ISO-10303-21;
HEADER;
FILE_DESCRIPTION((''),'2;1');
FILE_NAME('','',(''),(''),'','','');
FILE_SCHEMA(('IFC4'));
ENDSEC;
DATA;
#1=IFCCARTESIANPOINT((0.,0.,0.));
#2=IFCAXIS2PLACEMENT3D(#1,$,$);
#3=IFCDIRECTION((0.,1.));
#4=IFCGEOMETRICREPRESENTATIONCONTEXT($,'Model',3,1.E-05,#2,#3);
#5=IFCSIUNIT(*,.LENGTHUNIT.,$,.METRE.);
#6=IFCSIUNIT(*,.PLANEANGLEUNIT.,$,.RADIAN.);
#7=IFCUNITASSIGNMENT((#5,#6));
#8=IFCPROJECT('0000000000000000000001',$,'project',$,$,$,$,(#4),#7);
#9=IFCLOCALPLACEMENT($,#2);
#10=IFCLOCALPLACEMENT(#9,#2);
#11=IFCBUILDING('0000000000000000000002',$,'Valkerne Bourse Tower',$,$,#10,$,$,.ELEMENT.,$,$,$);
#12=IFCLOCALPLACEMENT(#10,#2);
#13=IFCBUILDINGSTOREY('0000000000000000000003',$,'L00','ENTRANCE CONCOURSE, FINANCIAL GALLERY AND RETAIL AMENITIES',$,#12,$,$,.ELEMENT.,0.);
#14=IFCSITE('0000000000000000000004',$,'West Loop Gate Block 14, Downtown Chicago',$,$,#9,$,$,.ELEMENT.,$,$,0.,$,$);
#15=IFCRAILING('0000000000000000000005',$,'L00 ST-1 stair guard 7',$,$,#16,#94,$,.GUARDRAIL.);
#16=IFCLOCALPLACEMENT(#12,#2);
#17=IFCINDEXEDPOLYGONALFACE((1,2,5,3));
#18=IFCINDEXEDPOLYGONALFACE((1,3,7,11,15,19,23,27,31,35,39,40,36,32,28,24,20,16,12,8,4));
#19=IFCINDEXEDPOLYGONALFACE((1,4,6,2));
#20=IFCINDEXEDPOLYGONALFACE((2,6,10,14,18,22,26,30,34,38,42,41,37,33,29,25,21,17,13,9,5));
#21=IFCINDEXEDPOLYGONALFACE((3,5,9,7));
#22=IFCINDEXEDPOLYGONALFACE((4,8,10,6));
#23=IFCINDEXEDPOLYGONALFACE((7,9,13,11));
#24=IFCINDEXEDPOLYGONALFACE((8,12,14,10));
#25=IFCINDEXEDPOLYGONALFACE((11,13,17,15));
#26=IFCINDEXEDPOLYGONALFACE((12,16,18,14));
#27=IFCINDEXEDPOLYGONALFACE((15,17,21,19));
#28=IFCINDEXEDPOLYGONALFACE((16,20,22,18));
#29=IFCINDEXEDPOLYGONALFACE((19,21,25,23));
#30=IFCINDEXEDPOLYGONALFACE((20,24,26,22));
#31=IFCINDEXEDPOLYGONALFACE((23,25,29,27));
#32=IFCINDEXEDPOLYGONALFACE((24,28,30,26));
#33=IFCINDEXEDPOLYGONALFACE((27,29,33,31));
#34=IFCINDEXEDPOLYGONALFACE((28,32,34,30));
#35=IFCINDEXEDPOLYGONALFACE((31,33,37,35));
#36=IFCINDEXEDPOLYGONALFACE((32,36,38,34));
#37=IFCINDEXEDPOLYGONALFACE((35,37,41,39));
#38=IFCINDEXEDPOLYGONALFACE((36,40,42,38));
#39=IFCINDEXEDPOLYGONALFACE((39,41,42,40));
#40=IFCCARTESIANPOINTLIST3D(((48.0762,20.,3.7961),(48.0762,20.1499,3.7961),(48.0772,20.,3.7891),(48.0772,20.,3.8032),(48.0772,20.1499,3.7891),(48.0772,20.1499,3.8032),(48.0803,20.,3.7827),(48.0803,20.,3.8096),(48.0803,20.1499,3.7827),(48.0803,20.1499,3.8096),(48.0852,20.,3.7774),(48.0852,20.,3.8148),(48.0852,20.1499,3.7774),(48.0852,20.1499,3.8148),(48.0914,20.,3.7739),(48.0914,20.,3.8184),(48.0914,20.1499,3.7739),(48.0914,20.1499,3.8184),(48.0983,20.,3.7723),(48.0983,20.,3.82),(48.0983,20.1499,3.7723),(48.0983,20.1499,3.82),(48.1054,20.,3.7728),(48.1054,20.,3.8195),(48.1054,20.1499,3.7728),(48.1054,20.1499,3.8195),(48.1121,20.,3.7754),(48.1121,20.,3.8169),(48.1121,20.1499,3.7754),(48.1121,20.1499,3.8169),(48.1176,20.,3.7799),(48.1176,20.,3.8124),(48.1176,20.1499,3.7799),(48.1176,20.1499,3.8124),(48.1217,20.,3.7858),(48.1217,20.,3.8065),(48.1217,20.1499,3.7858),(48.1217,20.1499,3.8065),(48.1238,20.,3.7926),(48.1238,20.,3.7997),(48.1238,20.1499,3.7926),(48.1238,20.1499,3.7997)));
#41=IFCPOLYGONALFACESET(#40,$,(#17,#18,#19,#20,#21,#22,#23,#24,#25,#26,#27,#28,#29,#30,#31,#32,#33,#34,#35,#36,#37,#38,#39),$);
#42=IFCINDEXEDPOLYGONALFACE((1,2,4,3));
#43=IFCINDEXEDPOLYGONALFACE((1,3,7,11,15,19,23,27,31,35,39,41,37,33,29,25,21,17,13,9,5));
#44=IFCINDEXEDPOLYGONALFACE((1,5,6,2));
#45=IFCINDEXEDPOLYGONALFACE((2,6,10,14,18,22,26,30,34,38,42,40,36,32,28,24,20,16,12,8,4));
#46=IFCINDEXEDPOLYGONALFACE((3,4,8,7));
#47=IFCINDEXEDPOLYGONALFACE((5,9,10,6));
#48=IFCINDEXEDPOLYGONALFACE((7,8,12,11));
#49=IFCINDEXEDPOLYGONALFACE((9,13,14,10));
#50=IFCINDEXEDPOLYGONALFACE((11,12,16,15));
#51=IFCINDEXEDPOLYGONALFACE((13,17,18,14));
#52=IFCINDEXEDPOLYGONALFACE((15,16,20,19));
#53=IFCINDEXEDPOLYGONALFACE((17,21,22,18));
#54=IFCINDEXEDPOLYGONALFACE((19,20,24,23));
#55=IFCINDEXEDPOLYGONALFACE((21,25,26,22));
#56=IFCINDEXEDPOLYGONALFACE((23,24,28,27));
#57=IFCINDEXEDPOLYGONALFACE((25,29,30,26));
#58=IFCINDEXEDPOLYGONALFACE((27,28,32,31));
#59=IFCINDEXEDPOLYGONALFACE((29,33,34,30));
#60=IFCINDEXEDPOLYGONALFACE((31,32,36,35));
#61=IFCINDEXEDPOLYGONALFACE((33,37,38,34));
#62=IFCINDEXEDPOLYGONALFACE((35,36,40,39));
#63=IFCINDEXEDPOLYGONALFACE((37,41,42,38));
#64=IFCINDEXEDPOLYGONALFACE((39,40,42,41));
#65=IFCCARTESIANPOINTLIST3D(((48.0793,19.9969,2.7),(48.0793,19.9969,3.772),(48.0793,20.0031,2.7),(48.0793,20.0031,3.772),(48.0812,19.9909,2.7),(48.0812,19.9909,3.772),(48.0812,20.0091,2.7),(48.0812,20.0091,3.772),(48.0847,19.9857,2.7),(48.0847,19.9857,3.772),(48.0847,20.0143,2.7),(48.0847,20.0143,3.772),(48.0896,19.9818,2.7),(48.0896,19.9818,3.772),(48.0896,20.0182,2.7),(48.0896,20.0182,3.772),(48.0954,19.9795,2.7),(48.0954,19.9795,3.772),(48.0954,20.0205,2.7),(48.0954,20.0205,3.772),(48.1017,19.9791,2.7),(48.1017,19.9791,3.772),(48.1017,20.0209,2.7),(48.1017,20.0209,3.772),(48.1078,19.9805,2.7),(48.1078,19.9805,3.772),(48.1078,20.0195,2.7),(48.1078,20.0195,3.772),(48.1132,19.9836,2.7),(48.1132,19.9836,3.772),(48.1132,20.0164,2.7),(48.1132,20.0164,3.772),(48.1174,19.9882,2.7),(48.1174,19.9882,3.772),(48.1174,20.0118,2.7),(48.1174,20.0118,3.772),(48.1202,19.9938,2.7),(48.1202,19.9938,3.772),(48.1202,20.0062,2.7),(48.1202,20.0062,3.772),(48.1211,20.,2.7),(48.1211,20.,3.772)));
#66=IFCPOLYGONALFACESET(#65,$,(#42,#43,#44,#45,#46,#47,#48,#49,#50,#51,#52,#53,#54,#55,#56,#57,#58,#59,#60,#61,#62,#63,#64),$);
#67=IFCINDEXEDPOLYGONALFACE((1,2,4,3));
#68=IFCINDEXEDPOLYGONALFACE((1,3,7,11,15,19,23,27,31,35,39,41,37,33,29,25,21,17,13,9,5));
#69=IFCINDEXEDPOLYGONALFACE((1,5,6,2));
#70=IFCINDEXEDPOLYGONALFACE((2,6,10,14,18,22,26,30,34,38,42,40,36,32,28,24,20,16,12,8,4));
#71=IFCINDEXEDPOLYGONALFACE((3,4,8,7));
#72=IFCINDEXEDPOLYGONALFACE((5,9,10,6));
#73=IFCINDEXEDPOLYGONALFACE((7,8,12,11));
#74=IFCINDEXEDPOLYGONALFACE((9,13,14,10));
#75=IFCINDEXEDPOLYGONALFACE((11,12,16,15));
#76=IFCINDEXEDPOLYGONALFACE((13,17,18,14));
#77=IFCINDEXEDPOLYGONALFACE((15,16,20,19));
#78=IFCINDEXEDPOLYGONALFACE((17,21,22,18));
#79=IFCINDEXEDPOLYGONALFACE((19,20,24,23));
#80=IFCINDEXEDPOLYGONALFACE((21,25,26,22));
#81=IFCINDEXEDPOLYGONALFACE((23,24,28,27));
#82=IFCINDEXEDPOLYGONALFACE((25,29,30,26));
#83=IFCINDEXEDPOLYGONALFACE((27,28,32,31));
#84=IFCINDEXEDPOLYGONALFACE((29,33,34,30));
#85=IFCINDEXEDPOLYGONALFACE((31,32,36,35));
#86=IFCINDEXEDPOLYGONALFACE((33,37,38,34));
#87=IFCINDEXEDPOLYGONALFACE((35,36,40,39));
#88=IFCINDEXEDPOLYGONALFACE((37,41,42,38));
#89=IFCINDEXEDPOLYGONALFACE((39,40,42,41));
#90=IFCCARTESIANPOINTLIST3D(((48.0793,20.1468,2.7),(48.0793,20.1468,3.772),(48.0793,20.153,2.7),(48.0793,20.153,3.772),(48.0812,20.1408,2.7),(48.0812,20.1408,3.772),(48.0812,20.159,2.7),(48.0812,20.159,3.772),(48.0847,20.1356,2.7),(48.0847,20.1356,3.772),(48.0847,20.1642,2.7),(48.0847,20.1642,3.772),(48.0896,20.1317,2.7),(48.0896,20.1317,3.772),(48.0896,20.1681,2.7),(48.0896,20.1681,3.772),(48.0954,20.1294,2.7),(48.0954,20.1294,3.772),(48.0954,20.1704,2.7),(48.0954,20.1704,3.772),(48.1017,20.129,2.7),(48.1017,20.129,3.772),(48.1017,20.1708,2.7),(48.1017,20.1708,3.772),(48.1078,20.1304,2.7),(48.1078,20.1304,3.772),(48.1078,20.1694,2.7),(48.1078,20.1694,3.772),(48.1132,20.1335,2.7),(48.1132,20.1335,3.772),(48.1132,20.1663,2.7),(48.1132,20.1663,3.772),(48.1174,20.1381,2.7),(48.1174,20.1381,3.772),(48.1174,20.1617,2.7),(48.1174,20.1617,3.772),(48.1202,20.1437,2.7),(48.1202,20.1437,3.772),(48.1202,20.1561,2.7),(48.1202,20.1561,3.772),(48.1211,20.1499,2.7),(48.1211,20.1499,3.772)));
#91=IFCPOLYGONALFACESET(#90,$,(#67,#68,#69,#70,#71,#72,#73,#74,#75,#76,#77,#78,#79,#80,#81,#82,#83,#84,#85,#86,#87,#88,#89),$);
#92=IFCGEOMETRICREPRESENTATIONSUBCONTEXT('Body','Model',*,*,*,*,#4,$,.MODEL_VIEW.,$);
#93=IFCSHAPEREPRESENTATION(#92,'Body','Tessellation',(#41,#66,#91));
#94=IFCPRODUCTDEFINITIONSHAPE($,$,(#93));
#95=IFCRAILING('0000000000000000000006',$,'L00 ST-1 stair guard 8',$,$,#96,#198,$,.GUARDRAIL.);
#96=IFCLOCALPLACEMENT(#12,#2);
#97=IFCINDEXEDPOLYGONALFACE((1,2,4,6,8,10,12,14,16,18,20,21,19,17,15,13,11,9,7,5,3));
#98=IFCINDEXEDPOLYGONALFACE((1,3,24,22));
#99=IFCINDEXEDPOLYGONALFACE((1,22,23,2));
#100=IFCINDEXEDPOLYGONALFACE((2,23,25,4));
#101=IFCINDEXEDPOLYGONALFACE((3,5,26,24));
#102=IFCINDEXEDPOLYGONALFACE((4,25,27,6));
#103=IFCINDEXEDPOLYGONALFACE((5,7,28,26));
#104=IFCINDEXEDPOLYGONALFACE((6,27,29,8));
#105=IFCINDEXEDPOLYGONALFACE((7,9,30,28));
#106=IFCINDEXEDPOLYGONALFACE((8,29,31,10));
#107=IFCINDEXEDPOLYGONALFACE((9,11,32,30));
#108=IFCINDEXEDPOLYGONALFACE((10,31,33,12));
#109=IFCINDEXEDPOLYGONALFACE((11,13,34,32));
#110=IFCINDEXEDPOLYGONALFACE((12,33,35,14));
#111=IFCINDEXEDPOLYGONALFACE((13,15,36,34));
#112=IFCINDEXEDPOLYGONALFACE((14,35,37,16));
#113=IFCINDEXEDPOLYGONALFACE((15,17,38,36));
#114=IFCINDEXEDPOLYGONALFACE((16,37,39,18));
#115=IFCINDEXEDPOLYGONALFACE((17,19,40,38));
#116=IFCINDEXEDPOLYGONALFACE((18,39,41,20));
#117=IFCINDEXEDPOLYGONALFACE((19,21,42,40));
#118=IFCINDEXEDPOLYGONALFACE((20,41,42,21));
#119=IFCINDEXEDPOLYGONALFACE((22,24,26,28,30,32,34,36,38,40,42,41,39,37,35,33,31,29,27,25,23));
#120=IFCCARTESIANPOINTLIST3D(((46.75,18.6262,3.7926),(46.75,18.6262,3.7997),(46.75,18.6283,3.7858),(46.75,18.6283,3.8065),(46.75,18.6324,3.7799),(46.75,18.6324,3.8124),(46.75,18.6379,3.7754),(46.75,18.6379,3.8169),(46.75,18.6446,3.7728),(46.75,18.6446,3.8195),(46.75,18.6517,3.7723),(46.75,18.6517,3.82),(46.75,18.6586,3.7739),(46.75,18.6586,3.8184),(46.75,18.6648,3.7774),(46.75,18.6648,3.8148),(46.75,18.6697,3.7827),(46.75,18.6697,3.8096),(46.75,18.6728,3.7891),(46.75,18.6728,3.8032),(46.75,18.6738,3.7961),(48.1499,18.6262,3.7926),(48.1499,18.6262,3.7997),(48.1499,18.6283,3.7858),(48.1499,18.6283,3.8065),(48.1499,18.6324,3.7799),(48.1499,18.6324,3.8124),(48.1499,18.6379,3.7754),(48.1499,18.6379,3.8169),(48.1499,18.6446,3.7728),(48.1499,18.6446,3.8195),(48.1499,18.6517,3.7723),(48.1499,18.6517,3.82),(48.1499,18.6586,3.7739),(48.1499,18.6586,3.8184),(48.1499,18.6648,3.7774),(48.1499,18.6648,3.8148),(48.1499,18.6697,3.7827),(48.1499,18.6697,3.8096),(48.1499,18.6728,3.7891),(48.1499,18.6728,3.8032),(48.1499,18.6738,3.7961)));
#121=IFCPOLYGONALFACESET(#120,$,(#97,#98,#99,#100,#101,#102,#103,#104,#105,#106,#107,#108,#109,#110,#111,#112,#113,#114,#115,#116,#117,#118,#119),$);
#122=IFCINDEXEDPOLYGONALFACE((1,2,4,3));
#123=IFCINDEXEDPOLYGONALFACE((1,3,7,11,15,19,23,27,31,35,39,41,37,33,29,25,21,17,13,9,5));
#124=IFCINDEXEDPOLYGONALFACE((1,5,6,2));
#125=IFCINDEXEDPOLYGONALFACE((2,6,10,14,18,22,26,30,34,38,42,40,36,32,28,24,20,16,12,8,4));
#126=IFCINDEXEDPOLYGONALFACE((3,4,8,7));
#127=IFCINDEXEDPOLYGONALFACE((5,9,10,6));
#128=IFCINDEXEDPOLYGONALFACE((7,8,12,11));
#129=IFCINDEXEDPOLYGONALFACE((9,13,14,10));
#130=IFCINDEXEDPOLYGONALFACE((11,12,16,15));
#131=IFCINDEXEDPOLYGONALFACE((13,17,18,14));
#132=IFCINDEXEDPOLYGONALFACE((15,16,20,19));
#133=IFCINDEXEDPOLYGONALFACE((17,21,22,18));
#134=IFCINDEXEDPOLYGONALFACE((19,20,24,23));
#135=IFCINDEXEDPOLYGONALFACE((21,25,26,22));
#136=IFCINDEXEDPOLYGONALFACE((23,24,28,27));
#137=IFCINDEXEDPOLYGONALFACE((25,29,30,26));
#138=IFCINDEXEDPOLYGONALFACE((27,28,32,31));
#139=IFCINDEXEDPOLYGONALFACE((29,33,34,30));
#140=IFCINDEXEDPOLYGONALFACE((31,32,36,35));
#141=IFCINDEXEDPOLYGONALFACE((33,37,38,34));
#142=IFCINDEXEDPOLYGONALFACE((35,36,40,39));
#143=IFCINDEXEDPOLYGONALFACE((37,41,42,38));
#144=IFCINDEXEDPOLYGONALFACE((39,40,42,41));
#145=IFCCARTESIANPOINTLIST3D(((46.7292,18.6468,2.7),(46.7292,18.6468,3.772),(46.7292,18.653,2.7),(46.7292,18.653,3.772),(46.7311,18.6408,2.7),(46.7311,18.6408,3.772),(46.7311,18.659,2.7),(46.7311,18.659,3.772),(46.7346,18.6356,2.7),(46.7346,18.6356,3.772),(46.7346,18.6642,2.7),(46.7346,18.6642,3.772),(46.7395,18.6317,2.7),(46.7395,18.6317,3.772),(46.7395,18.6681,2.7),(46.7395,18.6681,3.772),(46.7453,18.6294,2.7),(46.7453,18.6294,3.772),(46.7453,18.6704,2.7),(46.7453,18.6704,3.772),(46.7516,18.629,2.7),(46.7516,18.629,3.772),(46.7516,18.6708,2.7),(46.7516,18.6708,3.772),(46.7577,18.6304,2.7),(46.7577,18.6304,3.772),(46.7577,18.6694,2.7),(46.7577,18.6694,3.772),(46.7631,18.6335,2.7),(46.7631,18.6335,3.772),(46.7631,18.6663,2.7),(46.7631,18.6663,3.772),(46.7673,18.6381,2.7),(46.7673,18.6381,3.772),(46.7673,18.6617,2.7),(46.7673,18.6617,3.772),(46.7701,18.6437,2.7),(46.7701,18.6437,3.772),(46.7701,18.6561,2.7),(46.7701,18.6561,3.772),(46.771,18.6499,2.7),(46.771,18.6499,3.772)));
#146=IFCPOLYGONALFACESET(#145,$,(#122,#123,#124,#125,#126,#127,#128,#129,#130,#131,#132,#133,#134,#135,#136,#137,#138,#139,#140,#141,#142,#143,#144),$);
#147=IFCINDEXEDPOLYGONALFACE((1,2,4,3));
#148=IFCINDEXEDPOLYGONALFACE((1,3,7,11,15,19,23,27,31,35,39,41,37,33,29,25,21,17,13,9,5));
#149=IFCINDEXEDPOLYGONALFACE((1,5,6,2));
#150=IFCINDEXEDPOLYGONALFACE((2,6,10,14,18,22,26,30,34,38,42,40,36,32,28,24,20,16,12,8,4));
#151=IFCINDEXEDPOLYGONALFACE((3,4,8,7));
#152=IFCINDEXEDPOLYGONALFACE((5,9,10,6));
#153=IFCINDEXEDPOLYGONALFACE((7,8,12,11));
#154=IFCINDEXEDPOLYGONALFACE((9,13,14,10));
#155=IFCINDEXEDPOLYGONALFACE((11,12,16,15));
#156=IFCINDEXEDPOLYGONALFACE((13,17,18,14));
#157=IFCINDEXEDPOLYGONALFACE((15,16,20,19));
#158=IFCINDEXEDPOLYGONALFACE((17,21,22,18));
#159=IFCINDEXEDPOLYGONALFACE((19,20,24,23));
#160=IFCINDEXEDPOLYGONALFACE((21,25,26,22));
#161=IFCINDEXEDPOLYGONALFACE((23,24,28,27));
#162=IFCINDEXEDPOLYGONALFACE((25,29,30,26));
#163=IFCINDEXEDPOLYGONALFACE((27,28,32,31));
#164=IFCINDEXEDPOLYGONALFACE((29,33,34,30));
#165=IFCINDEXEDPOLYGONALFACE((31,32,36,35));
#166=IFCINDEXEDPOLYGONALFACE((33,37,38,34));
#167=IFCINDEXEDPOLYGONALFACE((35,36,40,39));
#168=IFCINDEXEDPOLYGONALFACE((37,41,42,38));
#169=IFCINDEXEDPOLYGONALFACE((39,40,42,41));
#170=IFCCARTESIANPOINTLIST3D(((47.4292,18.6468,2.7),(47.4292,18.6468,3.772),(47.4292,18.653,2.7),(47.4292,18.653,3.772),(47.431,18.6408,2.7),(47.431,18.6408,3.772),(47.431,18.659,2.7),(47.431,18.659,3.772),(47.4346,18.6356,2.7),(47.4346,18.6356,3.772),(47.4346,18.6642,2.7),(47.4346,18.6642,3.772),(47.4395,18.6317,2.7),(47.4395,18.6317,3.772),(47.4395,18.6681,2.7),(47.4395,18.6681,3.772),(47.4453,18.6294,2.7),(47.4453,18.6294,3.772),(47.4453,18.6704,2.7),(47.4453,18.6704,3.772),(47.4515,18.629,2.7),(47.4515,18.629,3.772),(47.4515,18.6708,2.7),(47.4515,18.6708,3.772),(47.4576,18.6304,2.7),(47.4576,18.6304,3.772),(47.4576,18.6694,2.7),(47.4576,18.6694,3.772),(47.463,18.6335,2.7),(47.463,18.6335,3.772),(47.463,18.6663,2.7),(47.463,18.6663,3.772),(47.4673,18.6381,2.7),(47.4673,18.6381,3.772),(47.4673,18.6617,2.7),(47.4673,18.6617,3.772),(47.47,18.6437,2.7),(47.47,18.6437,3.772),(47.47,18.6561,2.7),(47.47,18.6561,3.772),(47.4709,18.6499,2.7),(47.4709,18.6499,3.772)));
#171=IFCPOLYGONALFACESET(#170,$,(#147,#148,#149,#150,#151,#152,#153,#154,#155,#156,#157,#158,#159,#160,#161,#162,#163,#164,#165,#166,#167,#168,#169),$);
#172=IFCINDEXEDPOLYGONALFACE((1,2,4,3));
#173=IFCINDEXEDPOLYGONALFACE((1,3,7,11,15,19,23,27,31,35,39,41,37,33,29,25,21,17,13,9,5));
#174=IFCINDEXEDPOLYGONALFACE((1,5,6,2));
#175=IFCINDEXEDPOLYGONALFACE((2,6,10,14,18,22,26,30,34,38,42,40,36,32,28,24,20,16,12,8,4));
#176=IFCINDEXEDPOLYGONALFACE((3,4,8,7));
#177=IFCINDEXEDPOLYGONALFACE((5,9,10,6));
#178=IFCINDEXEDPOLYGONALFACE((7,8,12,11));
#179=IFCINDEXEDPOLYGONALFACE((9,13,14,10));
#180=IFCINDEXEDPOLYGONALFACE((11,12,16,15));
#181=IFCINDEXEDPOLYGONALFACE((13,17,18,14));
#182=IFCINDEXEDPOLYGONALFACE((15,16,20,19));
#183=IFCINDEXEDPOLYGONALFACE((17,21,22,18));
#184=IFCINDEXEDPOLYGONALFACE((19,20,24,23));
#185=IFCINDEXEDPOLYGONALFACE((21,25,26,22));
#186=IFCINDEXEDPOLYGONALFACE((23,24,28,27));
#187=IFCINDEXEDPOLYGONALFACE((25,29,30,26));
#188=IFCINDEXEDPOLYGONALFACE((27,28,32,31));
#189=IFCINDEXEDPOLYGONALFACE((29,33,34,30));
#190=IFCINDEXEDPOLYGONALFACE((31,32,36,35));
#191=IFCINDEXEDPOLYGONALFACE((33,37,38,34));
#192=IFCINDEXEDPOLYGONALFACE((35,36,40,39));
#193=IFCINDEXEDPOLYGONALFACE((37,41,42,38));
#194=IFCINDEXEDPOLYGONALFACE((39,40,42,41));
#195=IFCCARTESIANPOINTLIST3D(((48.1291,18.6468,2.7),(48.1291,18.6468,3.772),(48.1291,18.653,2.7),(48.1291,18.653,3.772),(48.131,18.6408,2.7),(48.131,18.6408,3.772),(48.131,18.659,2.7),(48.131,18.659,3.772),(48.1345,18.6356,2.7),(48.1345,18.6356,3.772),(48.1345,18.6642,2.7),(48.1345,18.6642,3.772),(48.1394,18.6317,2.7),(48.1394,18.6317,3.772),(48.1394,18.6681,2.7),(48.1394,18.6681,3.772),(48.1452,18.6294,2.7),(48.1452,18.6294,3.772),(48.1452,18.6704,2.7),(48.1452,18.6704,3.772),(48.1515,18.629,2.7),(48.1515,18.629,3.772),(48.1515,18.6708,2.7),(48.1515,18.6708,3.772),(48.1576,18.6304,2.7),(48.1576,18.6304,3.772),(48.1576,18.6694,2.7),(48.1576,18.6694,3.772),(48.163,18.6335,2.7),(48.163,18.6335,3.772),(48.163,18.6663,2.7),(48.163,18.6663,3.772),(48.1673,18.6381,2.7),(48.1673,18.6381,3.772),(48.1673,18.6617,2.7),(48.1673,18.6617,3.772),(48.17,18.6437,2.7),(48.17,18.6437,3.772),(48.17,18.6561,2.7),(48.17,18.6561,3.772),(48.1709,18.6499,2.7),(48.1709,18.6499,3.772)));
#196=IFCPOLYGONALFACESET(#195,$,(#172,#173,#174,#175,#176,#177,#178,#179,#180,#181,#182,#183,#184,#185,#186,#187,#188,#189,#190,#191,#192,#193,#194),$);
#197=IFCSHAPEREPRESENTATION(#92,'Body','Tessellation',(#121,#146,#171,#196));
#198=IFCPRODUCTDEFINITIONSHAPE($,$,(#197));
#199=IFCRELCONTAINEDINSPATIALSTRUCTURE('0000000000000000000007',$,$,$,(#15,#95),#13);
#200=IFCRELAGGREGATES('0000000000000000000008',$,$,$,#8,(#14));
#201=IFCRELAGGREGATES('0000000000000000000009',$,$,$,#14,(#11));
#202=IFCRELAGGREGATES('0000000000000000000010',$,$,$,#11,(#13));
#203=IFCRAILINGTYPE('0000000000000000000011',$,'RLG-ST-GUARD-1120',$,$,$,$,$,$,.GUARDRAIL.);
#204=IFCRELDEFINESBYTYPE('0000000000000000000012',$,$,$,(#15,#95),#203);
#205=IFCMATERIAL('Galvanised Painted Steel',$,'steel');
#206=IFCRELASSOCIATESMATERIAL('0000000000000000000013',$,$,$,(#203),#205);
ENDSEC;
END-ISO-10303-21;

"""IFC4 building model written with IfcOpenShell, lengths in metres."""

from ifc_helpers import new_model, si_unit, direction, frame, origin, origin_2d, place, context, subcontext, project, spatial, circle, extrude, material, type_object, element, save


model = new_model("IFC4")

# Units and contexts
model_context = context("Model", 3, precision=1e-05, world=origin(), true_north=direction((0.0, 1.0)))
body_context = subcontext(model_context, "Body", "Model", "MODEL_VIEW")
ifc_project = project(units=[si_unit("LENGTHUNIT", "METRE"), si_unit("PLANEANGLEUNIT", "RADIAN")], contexts=[model_context])

# Site, building, storey
site_placement = place(None, origin())
site = spatial("IfcSite", under=ifc_project, at=site_placement, Name="West Loop Gate Block 14, Downtown Chicago", CompositionType="ELEMENT", RefElevation=0.0)
building_placement = place(site_placement, origin())
building = spatial("IfcBuilding", under=site, at=building_placement, Name="Valkerne Bourse Tower", CompositionType="ELEMENT")
storey_placement = place(building_placement, origin())
storey = spatial("IfcBuildingStorey", under=building, at=storey_placement, Name="L00", Description="ENTRANCE CONCOURSE, FINANCIAL GALLERY AND RETAIL AMENITIES", CompositionType="ELEMENT", Elevation=0.0)

# Railings
ifc_material_1 = material(Name="Galvanised Painted Steel", Category="steel")
railing_type_1 = type_object("IfcRailingType", Name="RLG-ST-GUARD-1120", PredefinedType="GUARDRAIL", material=ifc_material_1)
railing_1_placement = place(storey_placement, frame((48.1001, 20.0, 2.7)))
element("IfcRailing", 1, at=railing_1_placement, inside=storey, type_object=railing_type_1, Name="L00 ST-1 stair guard 7", PredefinedType="GUARDRAIL", context=body_context, shape_type="SweptSolid", body=[
    extrude(circle(Radius=0.0239, at=origin_2d()), frame((0.0, 0.0, 1.0962), z_axis=(0.0, 1.0, 0.0), x_axis=(-1.0, 0.0, 0.0)), (0.0, 0.0, 1.0), 0.1499),
    extrude(circle(Radius=0.021, at=origin_2d()), origin(), (0.0, 0.0, 1.0), 1.072),
    extrude(circle(Radius=0.021, at=origin_2d()), frame((0.0, 0.1499, 0.0)), (0.0, 0.0, 1.0), 1.072),
])
railing_2_placement = place(storey_placement, frame((46.75, 18.6499, 2.7)))
element("IfcRailing", 2, at=railing_2_placement, inside=storey, type_object=railing_type_1, Name="L00 ST-1 stair guard 8", PredefinedType="GUARDRAIL", context=body_context, shape_type="SweptSolid", body=[
    extrude(circle(Radius=0.0239, at=origin_2d()), frame((0.0, 0.0, 1.0962), z_axis=(1.0, 0.0, 0.0), x_axis=(0.0, 1.0, 0.0)), (0.0, 0.0, 1.0), 1.3999),
    extrude(circle(Radius=0.021, at=origin_2d()), origin(), (0.0, 0.0, 1.0), 1.072),
    extrude(circle(Radius=0.021, at=origin_2d()), frame((0.7, 0.0, 0.0)), (0.0, 0.0, 1.0), 1.072),
    extrude(circle(Radius=0.021, at=origin_2d()), frame((1.3999, 0.0, 0.0)), (0.0, 0.0, 1.0), 1.072),
])

save(model, "model.ifc")
